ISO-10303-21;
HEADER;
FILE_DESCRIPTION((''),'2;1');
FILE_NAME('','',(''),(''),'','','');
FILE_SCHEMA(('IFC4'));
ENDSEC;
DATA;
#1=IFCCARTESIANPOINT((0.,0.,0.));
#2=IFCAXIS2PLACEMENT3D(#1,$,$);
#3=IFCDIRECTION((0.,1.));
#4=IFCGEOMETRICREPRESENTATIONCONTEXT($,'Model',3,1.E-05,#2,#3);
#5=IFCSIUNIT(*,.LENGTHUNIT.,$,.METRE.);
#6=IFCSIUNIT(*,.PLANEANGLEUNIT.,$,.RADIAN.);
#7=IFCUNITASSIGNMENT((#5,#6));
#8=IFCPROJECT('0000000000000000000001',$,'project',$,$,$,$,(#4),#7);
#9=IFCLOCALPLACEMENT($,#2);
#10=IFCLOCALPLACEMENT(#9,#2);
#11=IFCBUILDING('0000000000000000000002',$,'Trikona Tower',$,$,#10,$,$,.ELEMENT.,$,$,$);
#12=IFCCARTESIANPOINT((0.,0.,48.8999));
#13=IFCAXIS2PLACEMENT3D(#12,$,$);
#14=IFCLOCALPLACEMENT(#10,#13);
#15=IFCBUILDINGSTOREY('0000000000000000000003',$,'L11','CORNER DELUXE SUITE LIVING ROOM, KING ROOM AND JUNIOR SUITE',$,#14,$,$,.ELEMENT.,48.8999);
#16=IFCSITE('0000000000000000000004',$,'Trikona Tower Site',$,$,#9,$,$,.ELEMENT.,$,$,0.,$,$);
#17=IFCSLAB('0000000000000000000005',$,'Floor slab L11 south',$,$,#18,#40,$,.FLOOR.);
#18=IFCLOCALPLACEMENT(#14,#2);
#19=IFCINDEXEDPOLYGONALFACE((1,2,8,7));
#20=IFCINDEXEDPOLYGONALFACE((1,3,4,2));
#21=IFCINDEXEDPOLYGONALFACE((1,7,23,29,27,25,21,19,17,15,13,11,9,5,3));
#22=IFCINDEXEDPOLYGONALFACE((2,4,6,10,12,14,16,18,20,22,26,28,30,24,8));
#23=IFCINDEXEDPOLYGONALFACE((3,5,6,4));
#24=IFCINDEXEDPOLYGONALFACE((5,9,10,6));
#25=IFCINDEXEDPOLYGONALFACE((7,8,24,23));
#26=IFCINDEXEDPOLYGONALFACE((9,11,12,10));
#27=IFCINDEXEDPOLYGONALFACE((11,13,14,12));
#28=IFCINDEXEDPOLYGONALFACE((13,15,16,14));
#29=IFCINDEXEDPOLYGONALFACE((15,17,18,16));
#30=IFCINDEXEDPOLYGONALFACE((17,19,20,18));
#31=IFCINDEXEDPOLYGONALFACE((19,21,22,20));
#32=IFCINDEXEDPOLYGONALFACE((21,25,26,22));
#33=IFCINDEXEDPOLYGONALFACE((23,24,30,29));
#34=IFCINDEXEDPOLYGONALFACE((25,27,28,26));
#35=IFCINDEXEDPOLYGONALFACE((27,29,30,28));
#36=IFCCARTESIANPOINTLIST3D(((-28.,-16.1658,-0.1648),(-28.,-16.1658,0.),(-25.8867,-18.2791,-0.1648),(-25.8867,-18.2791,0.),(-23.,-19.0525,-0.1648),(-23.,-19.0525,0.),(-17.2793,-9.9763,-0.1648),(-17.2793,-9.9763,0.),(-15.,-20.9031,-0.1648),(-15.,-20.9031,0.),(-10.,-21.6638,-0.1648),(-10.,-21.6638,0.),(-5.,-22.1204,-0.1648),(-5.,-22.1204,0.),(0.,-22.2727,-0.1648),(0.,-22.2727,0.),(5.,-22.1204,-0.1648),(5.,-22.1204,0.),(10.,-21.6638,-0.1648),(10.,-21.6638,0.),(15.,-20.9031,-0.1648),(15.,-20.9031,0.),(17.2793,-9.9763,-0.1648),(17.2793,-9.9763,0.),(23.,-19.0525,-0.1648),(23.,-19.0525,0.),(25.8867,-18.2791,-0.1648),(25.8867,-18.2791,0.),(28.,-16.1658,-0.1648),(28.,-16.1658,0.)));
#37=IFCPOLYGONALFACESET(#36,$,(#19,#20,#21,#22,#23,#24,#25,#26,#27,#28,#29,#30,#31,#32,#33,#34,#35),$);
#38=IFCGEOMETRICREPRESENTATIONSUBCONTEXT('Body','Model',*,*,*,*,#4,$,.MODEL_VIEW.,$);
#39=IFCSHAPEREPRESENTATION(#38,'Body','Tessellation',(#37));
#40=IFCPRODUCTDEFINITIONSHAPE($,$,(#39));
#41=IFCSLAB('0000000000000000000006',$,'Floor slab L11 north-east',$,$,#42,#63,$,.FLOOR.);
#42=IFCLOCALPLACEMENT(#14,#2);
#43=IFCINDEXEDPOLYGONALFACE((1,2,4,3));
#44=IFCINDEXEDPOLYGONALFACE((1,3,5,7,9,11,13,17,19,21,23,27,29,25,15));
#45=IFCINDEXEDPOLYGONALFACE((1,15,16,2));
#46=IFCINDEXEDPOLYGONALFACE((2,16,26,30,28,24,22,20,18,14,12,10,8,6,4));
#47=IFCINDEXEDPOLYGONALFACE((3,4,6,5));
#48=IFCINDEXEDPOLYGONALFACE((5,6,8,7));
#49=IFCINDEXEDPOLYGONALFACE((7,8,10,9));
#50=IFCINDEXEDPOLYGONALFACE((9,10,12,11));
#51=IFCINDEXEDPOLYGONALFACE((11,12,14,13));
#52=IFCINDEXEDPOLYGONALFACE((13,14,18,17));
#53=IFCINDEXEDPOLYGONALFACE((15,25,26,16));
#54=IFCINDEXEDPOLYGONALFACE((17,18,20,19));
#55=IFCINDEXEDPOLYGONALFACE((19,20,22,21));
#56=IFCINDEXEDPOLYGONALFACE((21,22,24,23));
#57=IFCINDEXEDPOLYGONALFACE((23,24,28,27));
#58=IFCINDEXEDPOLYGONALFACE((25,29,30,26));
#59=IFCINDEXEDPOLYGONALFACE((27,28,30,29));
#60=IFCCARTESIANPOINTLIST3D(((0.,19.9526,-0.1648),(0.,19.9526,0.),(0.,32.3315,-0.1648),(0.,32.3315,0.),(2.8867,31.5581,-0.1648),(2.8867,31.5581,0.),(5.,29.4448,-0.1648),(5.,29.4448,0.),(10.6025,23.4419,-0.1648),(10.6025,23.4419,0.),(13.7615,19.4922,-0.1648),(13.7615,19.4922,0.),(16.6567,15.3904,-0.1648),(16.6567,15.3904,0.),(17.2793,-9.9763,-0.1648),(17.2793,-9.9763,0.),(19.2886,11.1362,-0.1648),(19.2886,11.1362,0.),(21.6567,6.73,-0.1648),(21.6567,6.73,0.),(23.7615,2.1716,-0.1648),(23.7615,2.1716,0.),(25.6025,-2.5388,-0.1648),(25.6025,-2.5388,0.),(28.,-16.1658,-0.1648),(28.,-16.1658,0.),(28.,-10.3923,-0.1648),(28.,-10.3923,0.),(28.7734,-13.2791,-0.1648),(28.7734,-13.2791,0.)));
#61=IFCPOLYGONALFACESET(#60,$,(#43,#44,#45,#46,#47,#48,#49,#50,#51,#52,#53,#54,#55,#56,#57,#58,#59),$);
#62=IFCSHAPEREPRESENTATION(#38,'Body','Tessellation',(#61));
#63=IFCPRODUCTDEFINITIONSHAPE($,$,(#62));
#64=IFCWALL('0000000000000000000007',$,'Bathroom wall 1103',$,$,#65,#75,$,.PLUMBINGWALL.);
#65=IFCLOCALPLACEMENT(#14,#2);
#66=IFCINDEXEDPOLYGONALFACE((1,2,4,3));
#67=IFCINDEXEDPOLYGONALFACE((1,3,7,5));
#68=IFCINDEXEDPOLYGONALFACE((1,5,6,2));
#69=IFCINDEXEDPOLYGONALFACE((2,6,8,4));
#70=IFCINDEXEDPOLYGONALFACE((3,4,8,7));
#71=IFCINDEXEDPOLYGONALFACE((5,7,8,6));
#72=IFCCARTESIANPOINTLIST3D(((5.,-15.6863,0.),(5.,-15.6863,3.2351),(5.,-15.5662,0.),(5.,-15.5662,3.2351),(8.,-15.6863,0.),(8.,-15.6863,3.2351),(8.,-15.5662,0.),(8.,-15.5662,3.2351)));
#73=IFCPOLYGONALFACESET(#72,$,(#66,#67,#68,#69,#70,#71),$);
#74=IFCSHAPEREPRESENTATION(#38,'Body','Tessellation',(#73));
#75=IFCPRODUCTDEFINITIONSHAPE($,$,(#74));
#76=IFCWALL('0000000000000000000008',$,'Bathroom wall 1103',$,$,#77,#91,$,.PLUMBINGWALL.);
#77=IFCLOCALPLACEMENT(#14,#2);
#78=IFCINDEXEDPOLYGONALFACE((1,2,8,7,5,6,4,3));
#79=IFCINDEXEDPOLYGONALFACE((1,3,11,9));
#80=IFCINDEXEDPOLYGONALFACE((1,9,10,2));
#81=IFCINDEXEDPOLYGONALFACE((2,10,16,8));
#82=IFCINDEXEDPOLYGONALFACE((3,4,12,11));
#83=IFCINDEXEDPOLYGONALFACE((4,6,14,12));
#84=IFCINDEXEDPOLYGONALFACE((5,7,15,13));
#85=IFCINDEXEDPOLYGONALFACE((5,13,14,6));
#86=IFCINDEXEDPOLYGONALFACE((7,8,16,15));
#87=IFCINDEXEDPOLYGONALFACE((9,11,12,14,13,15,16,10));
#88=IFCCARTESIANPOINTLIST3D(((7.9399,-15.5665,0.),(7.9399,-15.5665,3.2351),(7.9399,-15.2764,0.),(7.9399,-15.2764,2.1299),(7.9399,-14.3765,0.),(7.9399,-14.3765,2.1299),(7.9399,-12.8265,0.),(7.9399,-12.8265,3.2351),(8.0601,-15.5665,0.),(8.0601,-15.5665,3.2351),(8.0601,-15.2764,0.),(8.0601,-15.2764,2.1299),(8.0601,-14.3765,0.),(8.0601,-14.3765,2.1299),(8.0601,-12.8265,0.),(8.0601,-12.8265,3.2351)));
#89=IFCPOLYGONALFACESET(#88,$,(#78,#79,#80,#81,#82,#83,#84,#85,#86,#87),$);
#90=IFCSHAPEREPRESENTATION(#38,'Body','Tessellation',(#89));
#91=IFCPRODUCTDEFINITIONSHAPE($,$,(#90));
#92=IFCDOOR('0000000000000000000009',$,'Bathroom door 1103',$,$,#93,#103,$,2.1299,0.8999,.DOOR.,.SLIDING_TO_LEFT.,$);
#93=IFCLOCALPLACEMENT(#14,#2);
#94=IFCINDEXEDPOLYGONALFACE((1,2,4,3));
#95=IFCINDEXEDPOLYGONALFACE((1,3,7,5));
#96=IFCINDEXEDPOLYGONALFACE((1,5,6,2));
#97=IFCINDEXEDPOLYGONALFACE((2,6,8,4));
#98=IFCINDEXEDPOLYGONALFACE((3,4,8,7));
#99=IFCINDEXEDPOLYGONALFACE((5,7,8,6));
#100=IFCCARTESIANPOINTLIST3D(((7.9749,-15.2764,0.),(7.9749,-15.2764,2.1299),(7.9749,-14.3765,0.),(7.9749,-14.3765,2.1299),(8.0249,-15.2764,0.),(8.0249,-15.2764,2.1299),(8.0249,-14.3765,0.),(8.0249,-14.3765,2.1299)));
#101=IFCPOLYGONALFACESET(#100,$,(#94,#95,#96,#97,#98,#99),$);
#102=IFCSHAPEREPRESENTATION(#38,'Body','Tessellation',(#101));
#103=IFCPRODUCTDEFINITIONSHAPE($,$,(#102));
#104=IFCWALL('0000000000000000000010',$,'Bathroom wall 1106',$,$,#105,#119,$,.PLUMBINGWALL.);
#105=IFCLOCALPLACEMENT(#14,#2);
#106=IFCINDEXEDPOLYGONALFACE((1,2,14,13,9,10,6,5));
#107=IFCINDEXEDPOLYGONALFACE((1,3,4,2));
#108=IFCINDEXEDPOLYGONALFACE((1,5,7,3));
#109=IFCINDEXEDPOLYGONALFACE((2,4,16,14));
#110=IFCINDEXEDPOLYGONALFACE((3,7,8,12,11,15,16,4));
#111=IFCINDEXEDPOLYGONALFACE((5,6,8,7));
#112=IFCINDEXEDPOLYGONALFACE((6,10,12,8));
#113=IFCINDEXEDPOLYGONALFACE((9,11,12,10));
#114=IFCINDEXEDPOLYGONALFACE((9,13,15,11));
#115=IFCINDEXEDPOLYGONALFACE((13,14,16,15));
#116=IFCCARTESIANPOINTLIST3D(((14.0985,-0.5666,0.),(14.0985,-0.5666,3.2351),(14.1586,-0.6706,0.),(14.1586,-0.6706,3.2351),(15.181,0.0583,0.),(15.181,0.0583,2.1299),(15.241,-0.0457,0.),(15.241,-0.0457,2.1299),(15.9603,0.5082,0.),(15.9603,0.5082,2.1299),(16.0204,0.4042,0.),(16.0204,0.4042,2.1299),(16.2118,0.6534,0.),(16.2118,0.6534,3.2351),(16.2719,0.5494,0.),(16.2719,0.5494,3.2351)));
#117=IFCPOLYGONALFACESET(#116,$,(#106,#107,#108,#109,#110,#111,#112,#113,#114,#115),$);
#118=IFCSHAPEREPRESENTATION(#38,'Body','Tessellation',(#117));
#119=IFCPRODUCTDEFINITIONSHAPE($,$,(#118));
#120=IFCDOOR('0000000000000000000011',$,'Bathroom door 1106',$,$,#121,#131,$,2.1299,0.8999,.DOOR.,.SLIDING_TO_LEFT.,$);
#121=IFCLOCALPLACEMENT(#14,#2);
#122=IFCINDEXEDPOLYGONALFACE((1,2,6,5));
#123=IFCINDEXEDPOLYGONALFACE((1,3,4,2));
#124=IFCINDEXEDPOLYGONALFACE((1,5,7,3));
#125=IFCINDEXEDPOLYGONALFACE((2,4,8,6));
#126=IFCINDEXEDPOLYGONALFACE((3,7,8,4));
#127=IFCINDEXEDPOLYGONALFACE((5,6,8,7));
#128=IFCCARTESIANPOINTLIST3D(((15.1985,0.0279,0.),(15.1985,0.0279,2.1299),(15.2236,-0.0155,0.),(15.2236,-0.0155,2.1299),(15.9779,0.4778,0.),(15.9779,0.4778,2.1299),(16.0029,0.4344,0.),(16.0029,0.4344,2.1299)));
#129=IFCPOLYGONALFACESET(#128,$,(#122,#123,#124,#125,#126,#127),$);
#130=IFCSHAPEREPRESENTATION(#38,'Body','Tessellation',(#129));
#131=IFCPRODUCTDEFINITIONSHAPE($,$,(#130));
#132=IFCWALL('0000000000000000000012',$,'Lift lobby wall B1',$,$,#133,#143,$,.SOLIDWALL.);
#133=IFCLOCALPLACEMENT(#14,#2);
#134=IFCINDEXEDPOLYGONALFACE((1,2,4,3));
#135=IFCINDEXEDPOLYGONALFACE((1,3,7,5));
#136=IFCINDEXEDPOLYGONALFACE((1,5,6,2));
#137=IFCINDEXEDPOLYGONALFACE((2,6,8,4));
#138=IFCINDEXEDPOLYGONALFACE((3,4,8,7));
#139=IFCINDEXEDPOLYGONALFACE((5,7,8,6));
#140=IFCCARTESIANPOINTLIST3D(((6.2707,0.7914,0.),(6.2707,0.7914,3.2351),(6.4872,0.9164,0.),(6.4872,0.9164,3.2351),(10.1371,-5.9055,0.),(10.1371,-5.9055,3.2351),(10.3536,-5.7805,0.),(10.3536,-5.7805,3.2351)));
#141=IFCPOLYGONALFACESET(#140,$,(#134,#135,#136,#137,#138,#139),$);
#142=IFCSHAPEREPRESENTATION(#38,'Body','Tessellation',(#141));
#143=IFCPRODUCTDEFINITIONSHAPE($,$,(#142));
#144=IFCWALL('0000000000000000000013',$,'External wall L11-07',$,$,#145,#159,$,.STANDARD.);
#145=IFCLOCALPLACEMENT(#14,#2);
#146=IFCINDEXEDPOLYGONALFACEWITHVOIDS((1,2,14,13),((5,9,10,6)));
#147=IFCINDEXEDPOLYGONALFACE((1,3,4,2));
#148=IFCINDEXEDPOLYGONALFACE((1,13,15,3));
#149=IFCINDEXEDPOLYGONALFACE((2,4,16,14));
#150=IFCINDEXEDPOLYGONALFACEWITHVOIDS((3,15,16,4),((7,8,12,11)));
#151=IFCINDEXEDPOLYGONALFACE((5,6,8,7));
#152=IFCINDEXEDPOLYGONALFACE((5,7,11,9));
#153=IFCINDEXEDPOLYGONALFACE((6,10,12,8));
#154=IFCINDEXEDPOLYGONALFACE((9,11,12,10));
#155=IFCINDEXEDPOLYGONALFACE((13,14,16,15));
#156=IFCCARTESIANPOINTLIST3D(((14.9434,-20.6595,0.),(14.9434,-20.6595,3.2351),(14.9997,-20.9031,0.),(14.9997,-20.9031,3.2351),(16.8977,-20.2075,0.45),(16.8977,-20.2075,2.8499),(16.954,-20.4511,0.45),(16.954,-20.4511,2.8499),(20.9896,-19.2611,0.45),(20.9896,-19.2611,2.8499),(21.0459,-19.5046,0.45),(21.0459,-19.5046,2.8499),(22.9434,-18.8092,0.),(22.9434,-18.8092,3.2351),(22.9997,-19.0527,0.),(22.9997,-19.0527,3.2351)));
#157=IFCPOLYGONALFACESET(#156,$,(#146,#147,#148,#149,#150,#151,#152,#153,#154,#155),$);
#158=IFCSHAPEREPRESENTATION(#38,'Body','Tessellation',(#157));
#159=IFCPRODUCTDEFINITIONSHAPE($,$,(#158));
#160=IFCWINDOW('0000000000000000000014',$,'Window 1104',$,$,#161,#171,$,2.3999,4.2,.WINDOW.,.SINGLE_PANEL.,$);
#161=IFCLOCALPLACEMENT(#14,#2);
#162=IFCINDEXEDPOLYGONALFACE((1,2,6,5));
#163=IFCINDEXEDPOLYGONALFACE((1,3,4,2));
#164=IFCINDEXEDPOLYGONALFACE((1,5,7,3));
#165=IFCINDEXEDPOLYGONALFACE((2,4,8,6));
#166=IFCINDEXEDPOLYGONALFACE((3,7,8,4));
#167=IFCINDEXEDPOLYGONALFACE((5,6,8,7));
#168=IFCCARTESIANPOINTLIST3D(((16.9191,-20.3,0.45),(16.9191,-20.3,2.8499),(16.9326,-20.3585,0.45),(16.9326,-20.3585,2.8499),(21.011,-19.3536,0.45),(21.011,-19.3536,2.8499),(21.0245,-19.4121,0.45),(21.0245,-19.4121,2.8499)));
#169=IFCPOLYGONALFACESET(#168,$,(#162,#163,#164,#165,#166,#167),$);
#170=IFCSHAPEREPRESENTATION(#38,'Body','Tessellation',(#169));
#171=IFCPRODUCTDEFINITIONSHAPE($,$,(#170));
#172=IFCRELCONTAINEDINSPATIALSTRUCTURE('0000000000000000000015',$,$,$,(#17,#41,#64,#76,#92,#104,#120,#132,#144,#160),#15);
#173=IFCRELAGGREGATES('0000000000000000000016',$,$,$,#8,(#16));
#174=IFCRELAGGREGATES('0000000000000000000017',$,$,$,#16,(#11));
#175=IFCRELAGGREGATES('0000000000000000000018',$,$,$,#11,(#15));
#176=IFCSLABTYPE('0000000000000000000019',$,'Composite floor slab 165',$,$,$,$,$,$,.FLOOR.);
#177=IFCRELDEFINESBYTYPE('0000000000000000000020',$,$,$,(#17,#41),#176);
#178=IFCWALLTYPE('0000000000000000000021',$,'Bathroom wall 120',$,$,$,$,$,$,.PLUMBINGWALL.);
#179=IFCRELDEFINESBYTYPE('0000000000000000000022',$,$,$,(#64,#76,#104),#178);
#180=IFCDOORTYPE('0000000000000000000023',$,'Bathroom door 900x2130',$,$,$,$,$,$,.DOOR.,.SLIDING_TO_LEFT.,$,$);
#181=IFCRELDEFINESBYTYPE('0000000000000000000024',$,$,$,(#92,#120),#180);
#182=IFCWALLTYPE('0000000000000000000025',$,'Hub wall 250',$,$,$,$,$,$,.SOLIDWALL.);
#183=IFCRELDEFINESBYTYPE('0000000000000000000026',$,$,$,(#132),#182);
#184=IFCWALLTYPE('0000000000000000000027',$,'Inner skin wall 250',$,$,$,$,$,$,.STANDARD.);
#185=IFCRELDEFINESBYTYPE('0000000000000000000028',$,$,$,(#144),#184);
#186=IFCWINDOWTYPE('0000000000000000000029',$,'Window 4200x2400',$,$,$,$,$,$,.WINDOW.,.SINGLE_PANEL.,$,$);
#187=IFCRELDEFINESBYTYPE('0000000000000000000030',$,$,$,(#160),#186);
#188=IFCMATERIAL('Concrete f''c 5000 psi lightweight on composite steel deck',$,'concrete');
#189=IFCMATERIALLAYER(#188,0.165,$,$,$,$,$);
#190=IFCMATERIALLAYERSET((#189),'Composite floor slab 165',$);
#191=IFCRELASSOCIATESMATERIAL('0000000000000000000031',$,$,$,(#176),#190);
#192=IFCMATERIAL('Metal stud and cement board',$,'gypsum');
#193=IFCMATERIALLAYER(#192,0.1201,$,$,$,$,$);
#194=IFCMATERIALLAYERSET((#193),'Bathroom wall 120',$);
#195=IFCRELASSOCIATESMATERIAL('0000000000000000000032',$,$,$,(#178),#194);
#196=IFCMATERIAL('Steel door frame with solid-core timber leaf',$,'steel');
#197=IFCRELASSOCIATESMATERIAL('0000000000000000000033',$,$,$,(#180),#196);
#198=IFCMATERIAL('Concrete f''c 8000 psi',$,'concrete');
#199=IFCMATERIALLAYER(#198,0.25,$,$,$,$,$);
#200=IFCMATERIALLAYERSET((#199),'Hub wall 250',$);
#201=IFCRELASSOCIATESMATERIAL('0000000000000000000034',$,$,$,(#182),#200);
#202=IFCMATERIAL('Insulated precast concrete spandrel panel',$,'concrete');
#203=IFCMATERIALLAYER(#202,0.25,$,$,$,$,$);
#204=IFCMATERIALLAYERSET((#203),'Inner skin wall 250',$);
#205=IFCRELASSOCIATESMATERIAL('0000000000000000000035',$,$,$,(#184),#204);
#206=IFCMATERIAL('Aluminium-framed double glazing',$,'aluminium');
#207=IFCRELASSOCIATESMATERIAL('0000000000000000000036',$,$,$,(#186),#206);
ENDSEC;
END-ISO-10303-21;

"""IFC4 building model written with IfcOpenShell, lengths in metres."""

from ifc_helpers import new_model, si_unit, direction, frame, frame_2d, origin, place, context, subcontext, project, spatial, polyline, rectangle, outline, extrude, material, layer, layer_set, type_object, element, fill, save


model = new_model("IFC4")

# Units and contexts
model_context = context("Model", 3, precision=1e-05, world=origin(), true_north=direction((0.0, 1.0)))
body_context = subcontext(model_context, "Body", "Model", "MODEL_VIEW")
ifc_project = project(units=[si_unit("LENGTHUNIT", "METRE"), si_unit("PLANEANGLEUNIT", "RADIAN")], contexts=[model_context])

# Site, building, storey
site_placement = place(None, origin())
site = spatial("IfcSite", under=ifc_project, at=site_placement, Name="Trikona Tower Site", CompositionType="ELEMENT", RefElevation=0.0)
building_placement = place(site_placement, origin())
building = spatial("IfcBuilding", under=site, at=building_placement, Name="Trikona Tower", CompositionType="ELEMENT")
storey_placement = place(building_placement, frame((0.0, 0.0, 48.8999)))
storey = spatial("IfcBuildingStorey", under=building, at=storey_placement, Name="L11", Description="CORNER DELUXE SUITE LIVING ROOM, KING ROOM AND JUNIOR SUITE", CompositionType="ELEMENT", Elevation=48.8999)

# Slabs
ifc_material_1 = material(Name="Concrete f'c 5000 psi lightweight on composite steel deck", Category="concrete")
ifc_layer_1 = layer(ifc_material_1, 0.165)
ifc_layer_set_1 = layer_set([ifc_layer_1], Name="Composite floor slab 165")
slab_type = type_object("IfcSlabType", Name="Composite floor slab 165", PredefinedType="FLOOR", material=ifc_layer_set_1)
slab_1_placement = place(storey_placement, frame((0.0, 0.0, -0.1648)))
element("IfcSlab", 1, at=slab_1_placement, inside=storey, type_object=slab_type, Name="Floor slab L11 south", PredefinedType="FLOOR", context=body_context, shape_type="SweptSolid", body=[
    extrude(outline(polyline([(25.8867, -18.2791), (28.0, -16.1658), (17.2793, -9.9763), (-17.2793, -9.9763), (-28.0, -16.1658), (-25.8867, -18.2791), (-23.0, -19.0525), (-15.0, -20.9031), (-10.0, -21.6638), (-5.0, -22.1204), (0.0, -22.2727), (5.0, -22.1204), (10.0, -21.6638), (15.0, -20.9031), (23.0, -19.0525), (25.8867, -18.2791)])), origin(), (0.0, 0.0, 1.0), 0.1648),
])
slab_2_placement = place(storey_placement, frame((0.0, 0.0, -0.1648)))
element("IfcSlab", 2, at=slab_2_placement, inside=storey, type_object=slab_type, Name="Floor slab L11 north-east", PredefinedType="FLOOR", context=body_context, shape_type="SweptSolid", body=[
    extrude(outline(polyline([(2.8867, 31.5581), (0.0, 32.3315), (0.0, 19.9526), (17.2793, -9.9763), (28.0, -16.1658), (28.7734, -13.2791), (28.0, -10.3923), (25.6025, -2.5388), (23.7615, 2.1716), (21.6567, 6.73), (19.2886, 11.1362), (16.6567, 15.3904), (13.7615, 19.4922), (10.6025, 23.4419), (5.0, 29.4448), (2.8867, 31.5581)])), origin(), (0.0, 0.0, 1.0), 0.1648),
])

# Wall
ifc_material_2 = material(Name="Metal stud and cement board", Category="gypsum")
ifc_layer_2 = layer(ifc_material_2, 0.1201)
ifc_layer_set_2 = layer_set([ifc_layer_2], Name="Bathroom wall 120")
wall_type_1 = type_object("IfcWallType", Name="Bathroom wall 120", PredefinedType="PLUMBINGWALL", material=ifc_layer_set_2)
wall_1_placement = place(storey_placement, frame((5.0, -15.6262, 0.0), z_axis=(0.0, 0.0, 1.0), x_axis=(1.0, 0.0, 0.0)))
element("IfcWall", 3, at=wall_1_placement, inside=storey, type_object=wall_type_1, Name="Bathroom wall 1103", PredefinedType="PLUMBINGWALL", context=body_context, shape_type="SweptSolid", body=[
    extrude(rectangle(XDim=3.0, YDim=0.1201, at=frame_2d((1.5, 0.0))), origin(), (0.0, 0.0, 1.0), 3.2351),
])

# Walls, openings, doors
wall_2_placement = place(storey_placement, frame((8.0, -12.8264, 0.0), z_axis=(0.0, 0.0, 1.0), x_axis=(0.0, -1.0, 0.0)))
wall_2 = element("IfcWall", 4, at=wall_2_placement, inside=storey, type_object=wall_type_1, Name="Bathroom wall 1103", PredefinedType="PLUMBINGWALL", context=body_context, shape_type="SweptSolid", body=[
    extrude(rectangle(XDim=2.74, YDim=0.1201, at=frame_2d((1.3701, 0.0))), origin(), (0.0, 0.0, 1.0), 3.2351),
])
opening_1_placement = place(wall_2_placement, frame((1.55, 0.0, 0.0)))
opening_1 = element("IfcOpeningElement", 5, at=opening_1_placement, cuts=wall_2, PredefinedType="OPENING", context=body_context, shape_type="SweptSolid", body=[
    extrude(rectangle(XDim=0.8999, YDim=2.1299, at=frame_2d((0.45, 1.0649))), frame((0.0, 0.0701, 0.0), z_axis=(0.0, -1.0, 0.0), x_axis=(1.0, 0.0, 0.0)), (0.0, 0.0, 1.0), 0.1401),
])
ifc_material_3 = material(Name="Steel door frame with solid-core timber leaf", Category="steel")
door_type_1 = type_object("IfcDoorType", Name="Bathroom door 900x2130", OperationType="SLIDING_TO_LEFT", PredefinedType="DOOR", material=ifc_material_3)
door_1_placement = place(opening_1_placement, origin())
door_1 = element("IfcDoor", 6, at=door_1_placement, inside=storey, type_object=door_type_1, Name="Bathroom door 1103", OperationType="SLIDING_TO_LEFT", OverallHeight=2.1299, OverallWidth=0.8999, PredefinedType="DOOR", context=body_context, shape_type="SweptSolid", body=[
    extrude(rectangle(XDim=0.8999, YDim=2.1299, at=frame_2d((0.45, 1.0649))), frame((0.0, 0.0249, 0.0), z_axis=(0.0, -1.0, 0.0), x_axis=(1.0, 0.0, 0.0)), (0.0, 0.0, 1.0), 0.05),
])
fill(opening_1, door_1)
wall_3_placement = place(storey_placement, frame((14.1284, -0.6187, 0.0), z_axis=(0.0, 0.0, 1.0), x_axis=(0.866049, 0.499959, 0.0)))
wall_3 = element("IfcWall", 7, at=wall_3_placement, inside=storey, type_object=wall_type_1, Name="Bathroom wall 1106", PredefinedType="PLUMBINGWALL", context=body_context, shape_type="SweptSolid", body=[
    extrude(rectangle(XDim=2.4402, YDim=0.1201, at=frame_2d((1.2202, 0.0))), origin(), (0.0, 0.0, 1.0), 3.2351),
])
opening_2_placement = place(wall_3_placement, frame((1.25, 0.0, 0.0)))
opening_2 = element("IfcOpeningElement", 8, at=opening_2_placement, cuts=wall_3, PredefinedType="OPENING", context=body_context, shape_type="SweptSolid", body=[
    extrude(rectangle(XDim=0.8999, YDim=2.1299, at=frame_2d((0.45, 1.0649))), frame((0.0, 0.0701, 0.0), z_axis=(0.0, -1.0, 0.0), x_axis=(1.0, 0.0, 0.0)), (0.0, 0.0, 1.0), 0.1401),
])
door_2_placement = place(opening_2_placement, origin())
door_2 = element("IfcDoor", 9, at=door_2_placement, inside=storey, type_object=door_type_1, Name="Bathroom door 1106", OperationType="SLIDING_TO_LEFT", OverallHeight=2.1299, OverallWidth=0.8999, PredefinedType="DOOR", context=body_context, shape_type="SweptSolid", body=[
    extrude(rectangle(XDim=0.8999, YDim=2.1299, at=frame_2d((0.45, 1.0649))), frame((0.0, 0.0249, 0.0), z_axis=(0.0, -1.0, 0.0), x_axis=(1.0, 0.0, 0.0)), (0.0, 0.0, 1.0), 0.05),
])
fill(opening_2, door_2)

# Wall
ifc_material_4 = material(Name="Concrete f'c 8000 psi", Category="concrete")
ifc_layer_3 = layer(ifc_material_4, 0.25)
ifc_layer_set_3 = layer_set([ifc_layer_3], Name="Hub wall 250")
wall_type_2 = type_object("IfcWallType", Name="Hub wall 250", PredefinedType="SOLIDWALL", material=ifc_layer_set_3)
wall_4_placement = place(storey_placement, frame((10.2454, -5.843, 0.0), z_axis=(0.0, 0.0, 1.0), x_axis=(-0.499993, 0.866029, 0.0)))
element("IfcWall", 10, at=wall_4_placement, inside=storey, type_object=wall_type_2, Name="Lift lobby wall B1", PredefinedType="SOLIDWALL", context=body_context, shape_type="SweptSolid", body=[
    extrude(rectangle(XDim=7.7329, YDim=0.25, at=frame_2d((3.8665, 0.0))), origin(), (0.0, 0.0, 1.0), 3.2351),
])

# Wall, opening, window
ifc_material_5 = material(Name="Insulated precast concrete spandrel panel", Category="concrete")
ifc_layer_4 = layer(ifc_material_5, 0.25)
ifc_layer_set_4 = layer_set([ifc_layer_4], Name="Inner skin wall 250")
wall_type_3 = type_object("IfcWallType", Name="Inner skin wall 250", PredefinedType="STANDARD", material=ifc_layer_set_4)
wall_5_placement = place(storey_placement, frame((14.9717, -20.7812, 0.0), z_axis=(0.0, 0.0, 1.0), x_axis=(0.974279, 0.225344, 0.0)))
wall_5 = element("IfcWall", 11, at=wall_5_placement, inside=storey, type_object=wall_type_3, Name="External wall L11-07", PredefinedType="STANDARD", context=body_context, shape_type="SweptSolid", body=[
    extrude(rectangle(XDim=8.2112, YDim=0.25, at=frame_2d((4.1055, 0.0))), origin(), (0.0, 0.0, 1.0), 3.2351),
])
opening_3_placement = place(wall_5_placement, frame((2.0056, 0.0, 0.45)))
opening_3 = element("IfcOpeningElement", 12, at=opening_3_placement, cuts=wall_5, PredefinedType="OPENING", context=body_context, shape_type="SweptSolid", body=[
    extrude(rectangle(XDim=4.2, YDim=2.3999, at=frame_2d((2.1001, 1.2))), frame((0.0, 0.135, 0.0), z_axis=(0.0, -1.0, 0.0), x_axis=(1.0, 0.0, 0.0)), (0.0, 0.0, 1.0), 0.27),
])
ifc_material_6 = material(Name="Aluminium-framed double glazing", Category="aluminium")
window_type = type_object("IfcWindowType", Name="Window 4200x2400", PartitioningType="SINGLE_PANEL", PredefinedType="WINDOW", material=ifc_material_6)
window_placement = place(opening_3_placement, origin())
window = element("IfcWindow", 13, at=window_placement, inside=storey, type_object=window_type, Name="Window 1104", OverallHeight=2.3999, OverallWidth=4.2, PartitioningType="SINGLE_PANEL", PredefinedType="WINDOW", context=body_context, shape_type="SweptSolid", body=[
    extrude(rectangle(XDim=4.2, YDim=2.3999, at=frame_2d((2.1001, 1.2))), frame((0.0, 0.03, 0.0), z_axis=(0.0, -1.0, 0.0), x_axis=(1.0, 0.0, 0.0)), (0.0, 0.0, 1.0), 0.0601),
])
fill(opening_3, window)

save(model, "model.ifc")
